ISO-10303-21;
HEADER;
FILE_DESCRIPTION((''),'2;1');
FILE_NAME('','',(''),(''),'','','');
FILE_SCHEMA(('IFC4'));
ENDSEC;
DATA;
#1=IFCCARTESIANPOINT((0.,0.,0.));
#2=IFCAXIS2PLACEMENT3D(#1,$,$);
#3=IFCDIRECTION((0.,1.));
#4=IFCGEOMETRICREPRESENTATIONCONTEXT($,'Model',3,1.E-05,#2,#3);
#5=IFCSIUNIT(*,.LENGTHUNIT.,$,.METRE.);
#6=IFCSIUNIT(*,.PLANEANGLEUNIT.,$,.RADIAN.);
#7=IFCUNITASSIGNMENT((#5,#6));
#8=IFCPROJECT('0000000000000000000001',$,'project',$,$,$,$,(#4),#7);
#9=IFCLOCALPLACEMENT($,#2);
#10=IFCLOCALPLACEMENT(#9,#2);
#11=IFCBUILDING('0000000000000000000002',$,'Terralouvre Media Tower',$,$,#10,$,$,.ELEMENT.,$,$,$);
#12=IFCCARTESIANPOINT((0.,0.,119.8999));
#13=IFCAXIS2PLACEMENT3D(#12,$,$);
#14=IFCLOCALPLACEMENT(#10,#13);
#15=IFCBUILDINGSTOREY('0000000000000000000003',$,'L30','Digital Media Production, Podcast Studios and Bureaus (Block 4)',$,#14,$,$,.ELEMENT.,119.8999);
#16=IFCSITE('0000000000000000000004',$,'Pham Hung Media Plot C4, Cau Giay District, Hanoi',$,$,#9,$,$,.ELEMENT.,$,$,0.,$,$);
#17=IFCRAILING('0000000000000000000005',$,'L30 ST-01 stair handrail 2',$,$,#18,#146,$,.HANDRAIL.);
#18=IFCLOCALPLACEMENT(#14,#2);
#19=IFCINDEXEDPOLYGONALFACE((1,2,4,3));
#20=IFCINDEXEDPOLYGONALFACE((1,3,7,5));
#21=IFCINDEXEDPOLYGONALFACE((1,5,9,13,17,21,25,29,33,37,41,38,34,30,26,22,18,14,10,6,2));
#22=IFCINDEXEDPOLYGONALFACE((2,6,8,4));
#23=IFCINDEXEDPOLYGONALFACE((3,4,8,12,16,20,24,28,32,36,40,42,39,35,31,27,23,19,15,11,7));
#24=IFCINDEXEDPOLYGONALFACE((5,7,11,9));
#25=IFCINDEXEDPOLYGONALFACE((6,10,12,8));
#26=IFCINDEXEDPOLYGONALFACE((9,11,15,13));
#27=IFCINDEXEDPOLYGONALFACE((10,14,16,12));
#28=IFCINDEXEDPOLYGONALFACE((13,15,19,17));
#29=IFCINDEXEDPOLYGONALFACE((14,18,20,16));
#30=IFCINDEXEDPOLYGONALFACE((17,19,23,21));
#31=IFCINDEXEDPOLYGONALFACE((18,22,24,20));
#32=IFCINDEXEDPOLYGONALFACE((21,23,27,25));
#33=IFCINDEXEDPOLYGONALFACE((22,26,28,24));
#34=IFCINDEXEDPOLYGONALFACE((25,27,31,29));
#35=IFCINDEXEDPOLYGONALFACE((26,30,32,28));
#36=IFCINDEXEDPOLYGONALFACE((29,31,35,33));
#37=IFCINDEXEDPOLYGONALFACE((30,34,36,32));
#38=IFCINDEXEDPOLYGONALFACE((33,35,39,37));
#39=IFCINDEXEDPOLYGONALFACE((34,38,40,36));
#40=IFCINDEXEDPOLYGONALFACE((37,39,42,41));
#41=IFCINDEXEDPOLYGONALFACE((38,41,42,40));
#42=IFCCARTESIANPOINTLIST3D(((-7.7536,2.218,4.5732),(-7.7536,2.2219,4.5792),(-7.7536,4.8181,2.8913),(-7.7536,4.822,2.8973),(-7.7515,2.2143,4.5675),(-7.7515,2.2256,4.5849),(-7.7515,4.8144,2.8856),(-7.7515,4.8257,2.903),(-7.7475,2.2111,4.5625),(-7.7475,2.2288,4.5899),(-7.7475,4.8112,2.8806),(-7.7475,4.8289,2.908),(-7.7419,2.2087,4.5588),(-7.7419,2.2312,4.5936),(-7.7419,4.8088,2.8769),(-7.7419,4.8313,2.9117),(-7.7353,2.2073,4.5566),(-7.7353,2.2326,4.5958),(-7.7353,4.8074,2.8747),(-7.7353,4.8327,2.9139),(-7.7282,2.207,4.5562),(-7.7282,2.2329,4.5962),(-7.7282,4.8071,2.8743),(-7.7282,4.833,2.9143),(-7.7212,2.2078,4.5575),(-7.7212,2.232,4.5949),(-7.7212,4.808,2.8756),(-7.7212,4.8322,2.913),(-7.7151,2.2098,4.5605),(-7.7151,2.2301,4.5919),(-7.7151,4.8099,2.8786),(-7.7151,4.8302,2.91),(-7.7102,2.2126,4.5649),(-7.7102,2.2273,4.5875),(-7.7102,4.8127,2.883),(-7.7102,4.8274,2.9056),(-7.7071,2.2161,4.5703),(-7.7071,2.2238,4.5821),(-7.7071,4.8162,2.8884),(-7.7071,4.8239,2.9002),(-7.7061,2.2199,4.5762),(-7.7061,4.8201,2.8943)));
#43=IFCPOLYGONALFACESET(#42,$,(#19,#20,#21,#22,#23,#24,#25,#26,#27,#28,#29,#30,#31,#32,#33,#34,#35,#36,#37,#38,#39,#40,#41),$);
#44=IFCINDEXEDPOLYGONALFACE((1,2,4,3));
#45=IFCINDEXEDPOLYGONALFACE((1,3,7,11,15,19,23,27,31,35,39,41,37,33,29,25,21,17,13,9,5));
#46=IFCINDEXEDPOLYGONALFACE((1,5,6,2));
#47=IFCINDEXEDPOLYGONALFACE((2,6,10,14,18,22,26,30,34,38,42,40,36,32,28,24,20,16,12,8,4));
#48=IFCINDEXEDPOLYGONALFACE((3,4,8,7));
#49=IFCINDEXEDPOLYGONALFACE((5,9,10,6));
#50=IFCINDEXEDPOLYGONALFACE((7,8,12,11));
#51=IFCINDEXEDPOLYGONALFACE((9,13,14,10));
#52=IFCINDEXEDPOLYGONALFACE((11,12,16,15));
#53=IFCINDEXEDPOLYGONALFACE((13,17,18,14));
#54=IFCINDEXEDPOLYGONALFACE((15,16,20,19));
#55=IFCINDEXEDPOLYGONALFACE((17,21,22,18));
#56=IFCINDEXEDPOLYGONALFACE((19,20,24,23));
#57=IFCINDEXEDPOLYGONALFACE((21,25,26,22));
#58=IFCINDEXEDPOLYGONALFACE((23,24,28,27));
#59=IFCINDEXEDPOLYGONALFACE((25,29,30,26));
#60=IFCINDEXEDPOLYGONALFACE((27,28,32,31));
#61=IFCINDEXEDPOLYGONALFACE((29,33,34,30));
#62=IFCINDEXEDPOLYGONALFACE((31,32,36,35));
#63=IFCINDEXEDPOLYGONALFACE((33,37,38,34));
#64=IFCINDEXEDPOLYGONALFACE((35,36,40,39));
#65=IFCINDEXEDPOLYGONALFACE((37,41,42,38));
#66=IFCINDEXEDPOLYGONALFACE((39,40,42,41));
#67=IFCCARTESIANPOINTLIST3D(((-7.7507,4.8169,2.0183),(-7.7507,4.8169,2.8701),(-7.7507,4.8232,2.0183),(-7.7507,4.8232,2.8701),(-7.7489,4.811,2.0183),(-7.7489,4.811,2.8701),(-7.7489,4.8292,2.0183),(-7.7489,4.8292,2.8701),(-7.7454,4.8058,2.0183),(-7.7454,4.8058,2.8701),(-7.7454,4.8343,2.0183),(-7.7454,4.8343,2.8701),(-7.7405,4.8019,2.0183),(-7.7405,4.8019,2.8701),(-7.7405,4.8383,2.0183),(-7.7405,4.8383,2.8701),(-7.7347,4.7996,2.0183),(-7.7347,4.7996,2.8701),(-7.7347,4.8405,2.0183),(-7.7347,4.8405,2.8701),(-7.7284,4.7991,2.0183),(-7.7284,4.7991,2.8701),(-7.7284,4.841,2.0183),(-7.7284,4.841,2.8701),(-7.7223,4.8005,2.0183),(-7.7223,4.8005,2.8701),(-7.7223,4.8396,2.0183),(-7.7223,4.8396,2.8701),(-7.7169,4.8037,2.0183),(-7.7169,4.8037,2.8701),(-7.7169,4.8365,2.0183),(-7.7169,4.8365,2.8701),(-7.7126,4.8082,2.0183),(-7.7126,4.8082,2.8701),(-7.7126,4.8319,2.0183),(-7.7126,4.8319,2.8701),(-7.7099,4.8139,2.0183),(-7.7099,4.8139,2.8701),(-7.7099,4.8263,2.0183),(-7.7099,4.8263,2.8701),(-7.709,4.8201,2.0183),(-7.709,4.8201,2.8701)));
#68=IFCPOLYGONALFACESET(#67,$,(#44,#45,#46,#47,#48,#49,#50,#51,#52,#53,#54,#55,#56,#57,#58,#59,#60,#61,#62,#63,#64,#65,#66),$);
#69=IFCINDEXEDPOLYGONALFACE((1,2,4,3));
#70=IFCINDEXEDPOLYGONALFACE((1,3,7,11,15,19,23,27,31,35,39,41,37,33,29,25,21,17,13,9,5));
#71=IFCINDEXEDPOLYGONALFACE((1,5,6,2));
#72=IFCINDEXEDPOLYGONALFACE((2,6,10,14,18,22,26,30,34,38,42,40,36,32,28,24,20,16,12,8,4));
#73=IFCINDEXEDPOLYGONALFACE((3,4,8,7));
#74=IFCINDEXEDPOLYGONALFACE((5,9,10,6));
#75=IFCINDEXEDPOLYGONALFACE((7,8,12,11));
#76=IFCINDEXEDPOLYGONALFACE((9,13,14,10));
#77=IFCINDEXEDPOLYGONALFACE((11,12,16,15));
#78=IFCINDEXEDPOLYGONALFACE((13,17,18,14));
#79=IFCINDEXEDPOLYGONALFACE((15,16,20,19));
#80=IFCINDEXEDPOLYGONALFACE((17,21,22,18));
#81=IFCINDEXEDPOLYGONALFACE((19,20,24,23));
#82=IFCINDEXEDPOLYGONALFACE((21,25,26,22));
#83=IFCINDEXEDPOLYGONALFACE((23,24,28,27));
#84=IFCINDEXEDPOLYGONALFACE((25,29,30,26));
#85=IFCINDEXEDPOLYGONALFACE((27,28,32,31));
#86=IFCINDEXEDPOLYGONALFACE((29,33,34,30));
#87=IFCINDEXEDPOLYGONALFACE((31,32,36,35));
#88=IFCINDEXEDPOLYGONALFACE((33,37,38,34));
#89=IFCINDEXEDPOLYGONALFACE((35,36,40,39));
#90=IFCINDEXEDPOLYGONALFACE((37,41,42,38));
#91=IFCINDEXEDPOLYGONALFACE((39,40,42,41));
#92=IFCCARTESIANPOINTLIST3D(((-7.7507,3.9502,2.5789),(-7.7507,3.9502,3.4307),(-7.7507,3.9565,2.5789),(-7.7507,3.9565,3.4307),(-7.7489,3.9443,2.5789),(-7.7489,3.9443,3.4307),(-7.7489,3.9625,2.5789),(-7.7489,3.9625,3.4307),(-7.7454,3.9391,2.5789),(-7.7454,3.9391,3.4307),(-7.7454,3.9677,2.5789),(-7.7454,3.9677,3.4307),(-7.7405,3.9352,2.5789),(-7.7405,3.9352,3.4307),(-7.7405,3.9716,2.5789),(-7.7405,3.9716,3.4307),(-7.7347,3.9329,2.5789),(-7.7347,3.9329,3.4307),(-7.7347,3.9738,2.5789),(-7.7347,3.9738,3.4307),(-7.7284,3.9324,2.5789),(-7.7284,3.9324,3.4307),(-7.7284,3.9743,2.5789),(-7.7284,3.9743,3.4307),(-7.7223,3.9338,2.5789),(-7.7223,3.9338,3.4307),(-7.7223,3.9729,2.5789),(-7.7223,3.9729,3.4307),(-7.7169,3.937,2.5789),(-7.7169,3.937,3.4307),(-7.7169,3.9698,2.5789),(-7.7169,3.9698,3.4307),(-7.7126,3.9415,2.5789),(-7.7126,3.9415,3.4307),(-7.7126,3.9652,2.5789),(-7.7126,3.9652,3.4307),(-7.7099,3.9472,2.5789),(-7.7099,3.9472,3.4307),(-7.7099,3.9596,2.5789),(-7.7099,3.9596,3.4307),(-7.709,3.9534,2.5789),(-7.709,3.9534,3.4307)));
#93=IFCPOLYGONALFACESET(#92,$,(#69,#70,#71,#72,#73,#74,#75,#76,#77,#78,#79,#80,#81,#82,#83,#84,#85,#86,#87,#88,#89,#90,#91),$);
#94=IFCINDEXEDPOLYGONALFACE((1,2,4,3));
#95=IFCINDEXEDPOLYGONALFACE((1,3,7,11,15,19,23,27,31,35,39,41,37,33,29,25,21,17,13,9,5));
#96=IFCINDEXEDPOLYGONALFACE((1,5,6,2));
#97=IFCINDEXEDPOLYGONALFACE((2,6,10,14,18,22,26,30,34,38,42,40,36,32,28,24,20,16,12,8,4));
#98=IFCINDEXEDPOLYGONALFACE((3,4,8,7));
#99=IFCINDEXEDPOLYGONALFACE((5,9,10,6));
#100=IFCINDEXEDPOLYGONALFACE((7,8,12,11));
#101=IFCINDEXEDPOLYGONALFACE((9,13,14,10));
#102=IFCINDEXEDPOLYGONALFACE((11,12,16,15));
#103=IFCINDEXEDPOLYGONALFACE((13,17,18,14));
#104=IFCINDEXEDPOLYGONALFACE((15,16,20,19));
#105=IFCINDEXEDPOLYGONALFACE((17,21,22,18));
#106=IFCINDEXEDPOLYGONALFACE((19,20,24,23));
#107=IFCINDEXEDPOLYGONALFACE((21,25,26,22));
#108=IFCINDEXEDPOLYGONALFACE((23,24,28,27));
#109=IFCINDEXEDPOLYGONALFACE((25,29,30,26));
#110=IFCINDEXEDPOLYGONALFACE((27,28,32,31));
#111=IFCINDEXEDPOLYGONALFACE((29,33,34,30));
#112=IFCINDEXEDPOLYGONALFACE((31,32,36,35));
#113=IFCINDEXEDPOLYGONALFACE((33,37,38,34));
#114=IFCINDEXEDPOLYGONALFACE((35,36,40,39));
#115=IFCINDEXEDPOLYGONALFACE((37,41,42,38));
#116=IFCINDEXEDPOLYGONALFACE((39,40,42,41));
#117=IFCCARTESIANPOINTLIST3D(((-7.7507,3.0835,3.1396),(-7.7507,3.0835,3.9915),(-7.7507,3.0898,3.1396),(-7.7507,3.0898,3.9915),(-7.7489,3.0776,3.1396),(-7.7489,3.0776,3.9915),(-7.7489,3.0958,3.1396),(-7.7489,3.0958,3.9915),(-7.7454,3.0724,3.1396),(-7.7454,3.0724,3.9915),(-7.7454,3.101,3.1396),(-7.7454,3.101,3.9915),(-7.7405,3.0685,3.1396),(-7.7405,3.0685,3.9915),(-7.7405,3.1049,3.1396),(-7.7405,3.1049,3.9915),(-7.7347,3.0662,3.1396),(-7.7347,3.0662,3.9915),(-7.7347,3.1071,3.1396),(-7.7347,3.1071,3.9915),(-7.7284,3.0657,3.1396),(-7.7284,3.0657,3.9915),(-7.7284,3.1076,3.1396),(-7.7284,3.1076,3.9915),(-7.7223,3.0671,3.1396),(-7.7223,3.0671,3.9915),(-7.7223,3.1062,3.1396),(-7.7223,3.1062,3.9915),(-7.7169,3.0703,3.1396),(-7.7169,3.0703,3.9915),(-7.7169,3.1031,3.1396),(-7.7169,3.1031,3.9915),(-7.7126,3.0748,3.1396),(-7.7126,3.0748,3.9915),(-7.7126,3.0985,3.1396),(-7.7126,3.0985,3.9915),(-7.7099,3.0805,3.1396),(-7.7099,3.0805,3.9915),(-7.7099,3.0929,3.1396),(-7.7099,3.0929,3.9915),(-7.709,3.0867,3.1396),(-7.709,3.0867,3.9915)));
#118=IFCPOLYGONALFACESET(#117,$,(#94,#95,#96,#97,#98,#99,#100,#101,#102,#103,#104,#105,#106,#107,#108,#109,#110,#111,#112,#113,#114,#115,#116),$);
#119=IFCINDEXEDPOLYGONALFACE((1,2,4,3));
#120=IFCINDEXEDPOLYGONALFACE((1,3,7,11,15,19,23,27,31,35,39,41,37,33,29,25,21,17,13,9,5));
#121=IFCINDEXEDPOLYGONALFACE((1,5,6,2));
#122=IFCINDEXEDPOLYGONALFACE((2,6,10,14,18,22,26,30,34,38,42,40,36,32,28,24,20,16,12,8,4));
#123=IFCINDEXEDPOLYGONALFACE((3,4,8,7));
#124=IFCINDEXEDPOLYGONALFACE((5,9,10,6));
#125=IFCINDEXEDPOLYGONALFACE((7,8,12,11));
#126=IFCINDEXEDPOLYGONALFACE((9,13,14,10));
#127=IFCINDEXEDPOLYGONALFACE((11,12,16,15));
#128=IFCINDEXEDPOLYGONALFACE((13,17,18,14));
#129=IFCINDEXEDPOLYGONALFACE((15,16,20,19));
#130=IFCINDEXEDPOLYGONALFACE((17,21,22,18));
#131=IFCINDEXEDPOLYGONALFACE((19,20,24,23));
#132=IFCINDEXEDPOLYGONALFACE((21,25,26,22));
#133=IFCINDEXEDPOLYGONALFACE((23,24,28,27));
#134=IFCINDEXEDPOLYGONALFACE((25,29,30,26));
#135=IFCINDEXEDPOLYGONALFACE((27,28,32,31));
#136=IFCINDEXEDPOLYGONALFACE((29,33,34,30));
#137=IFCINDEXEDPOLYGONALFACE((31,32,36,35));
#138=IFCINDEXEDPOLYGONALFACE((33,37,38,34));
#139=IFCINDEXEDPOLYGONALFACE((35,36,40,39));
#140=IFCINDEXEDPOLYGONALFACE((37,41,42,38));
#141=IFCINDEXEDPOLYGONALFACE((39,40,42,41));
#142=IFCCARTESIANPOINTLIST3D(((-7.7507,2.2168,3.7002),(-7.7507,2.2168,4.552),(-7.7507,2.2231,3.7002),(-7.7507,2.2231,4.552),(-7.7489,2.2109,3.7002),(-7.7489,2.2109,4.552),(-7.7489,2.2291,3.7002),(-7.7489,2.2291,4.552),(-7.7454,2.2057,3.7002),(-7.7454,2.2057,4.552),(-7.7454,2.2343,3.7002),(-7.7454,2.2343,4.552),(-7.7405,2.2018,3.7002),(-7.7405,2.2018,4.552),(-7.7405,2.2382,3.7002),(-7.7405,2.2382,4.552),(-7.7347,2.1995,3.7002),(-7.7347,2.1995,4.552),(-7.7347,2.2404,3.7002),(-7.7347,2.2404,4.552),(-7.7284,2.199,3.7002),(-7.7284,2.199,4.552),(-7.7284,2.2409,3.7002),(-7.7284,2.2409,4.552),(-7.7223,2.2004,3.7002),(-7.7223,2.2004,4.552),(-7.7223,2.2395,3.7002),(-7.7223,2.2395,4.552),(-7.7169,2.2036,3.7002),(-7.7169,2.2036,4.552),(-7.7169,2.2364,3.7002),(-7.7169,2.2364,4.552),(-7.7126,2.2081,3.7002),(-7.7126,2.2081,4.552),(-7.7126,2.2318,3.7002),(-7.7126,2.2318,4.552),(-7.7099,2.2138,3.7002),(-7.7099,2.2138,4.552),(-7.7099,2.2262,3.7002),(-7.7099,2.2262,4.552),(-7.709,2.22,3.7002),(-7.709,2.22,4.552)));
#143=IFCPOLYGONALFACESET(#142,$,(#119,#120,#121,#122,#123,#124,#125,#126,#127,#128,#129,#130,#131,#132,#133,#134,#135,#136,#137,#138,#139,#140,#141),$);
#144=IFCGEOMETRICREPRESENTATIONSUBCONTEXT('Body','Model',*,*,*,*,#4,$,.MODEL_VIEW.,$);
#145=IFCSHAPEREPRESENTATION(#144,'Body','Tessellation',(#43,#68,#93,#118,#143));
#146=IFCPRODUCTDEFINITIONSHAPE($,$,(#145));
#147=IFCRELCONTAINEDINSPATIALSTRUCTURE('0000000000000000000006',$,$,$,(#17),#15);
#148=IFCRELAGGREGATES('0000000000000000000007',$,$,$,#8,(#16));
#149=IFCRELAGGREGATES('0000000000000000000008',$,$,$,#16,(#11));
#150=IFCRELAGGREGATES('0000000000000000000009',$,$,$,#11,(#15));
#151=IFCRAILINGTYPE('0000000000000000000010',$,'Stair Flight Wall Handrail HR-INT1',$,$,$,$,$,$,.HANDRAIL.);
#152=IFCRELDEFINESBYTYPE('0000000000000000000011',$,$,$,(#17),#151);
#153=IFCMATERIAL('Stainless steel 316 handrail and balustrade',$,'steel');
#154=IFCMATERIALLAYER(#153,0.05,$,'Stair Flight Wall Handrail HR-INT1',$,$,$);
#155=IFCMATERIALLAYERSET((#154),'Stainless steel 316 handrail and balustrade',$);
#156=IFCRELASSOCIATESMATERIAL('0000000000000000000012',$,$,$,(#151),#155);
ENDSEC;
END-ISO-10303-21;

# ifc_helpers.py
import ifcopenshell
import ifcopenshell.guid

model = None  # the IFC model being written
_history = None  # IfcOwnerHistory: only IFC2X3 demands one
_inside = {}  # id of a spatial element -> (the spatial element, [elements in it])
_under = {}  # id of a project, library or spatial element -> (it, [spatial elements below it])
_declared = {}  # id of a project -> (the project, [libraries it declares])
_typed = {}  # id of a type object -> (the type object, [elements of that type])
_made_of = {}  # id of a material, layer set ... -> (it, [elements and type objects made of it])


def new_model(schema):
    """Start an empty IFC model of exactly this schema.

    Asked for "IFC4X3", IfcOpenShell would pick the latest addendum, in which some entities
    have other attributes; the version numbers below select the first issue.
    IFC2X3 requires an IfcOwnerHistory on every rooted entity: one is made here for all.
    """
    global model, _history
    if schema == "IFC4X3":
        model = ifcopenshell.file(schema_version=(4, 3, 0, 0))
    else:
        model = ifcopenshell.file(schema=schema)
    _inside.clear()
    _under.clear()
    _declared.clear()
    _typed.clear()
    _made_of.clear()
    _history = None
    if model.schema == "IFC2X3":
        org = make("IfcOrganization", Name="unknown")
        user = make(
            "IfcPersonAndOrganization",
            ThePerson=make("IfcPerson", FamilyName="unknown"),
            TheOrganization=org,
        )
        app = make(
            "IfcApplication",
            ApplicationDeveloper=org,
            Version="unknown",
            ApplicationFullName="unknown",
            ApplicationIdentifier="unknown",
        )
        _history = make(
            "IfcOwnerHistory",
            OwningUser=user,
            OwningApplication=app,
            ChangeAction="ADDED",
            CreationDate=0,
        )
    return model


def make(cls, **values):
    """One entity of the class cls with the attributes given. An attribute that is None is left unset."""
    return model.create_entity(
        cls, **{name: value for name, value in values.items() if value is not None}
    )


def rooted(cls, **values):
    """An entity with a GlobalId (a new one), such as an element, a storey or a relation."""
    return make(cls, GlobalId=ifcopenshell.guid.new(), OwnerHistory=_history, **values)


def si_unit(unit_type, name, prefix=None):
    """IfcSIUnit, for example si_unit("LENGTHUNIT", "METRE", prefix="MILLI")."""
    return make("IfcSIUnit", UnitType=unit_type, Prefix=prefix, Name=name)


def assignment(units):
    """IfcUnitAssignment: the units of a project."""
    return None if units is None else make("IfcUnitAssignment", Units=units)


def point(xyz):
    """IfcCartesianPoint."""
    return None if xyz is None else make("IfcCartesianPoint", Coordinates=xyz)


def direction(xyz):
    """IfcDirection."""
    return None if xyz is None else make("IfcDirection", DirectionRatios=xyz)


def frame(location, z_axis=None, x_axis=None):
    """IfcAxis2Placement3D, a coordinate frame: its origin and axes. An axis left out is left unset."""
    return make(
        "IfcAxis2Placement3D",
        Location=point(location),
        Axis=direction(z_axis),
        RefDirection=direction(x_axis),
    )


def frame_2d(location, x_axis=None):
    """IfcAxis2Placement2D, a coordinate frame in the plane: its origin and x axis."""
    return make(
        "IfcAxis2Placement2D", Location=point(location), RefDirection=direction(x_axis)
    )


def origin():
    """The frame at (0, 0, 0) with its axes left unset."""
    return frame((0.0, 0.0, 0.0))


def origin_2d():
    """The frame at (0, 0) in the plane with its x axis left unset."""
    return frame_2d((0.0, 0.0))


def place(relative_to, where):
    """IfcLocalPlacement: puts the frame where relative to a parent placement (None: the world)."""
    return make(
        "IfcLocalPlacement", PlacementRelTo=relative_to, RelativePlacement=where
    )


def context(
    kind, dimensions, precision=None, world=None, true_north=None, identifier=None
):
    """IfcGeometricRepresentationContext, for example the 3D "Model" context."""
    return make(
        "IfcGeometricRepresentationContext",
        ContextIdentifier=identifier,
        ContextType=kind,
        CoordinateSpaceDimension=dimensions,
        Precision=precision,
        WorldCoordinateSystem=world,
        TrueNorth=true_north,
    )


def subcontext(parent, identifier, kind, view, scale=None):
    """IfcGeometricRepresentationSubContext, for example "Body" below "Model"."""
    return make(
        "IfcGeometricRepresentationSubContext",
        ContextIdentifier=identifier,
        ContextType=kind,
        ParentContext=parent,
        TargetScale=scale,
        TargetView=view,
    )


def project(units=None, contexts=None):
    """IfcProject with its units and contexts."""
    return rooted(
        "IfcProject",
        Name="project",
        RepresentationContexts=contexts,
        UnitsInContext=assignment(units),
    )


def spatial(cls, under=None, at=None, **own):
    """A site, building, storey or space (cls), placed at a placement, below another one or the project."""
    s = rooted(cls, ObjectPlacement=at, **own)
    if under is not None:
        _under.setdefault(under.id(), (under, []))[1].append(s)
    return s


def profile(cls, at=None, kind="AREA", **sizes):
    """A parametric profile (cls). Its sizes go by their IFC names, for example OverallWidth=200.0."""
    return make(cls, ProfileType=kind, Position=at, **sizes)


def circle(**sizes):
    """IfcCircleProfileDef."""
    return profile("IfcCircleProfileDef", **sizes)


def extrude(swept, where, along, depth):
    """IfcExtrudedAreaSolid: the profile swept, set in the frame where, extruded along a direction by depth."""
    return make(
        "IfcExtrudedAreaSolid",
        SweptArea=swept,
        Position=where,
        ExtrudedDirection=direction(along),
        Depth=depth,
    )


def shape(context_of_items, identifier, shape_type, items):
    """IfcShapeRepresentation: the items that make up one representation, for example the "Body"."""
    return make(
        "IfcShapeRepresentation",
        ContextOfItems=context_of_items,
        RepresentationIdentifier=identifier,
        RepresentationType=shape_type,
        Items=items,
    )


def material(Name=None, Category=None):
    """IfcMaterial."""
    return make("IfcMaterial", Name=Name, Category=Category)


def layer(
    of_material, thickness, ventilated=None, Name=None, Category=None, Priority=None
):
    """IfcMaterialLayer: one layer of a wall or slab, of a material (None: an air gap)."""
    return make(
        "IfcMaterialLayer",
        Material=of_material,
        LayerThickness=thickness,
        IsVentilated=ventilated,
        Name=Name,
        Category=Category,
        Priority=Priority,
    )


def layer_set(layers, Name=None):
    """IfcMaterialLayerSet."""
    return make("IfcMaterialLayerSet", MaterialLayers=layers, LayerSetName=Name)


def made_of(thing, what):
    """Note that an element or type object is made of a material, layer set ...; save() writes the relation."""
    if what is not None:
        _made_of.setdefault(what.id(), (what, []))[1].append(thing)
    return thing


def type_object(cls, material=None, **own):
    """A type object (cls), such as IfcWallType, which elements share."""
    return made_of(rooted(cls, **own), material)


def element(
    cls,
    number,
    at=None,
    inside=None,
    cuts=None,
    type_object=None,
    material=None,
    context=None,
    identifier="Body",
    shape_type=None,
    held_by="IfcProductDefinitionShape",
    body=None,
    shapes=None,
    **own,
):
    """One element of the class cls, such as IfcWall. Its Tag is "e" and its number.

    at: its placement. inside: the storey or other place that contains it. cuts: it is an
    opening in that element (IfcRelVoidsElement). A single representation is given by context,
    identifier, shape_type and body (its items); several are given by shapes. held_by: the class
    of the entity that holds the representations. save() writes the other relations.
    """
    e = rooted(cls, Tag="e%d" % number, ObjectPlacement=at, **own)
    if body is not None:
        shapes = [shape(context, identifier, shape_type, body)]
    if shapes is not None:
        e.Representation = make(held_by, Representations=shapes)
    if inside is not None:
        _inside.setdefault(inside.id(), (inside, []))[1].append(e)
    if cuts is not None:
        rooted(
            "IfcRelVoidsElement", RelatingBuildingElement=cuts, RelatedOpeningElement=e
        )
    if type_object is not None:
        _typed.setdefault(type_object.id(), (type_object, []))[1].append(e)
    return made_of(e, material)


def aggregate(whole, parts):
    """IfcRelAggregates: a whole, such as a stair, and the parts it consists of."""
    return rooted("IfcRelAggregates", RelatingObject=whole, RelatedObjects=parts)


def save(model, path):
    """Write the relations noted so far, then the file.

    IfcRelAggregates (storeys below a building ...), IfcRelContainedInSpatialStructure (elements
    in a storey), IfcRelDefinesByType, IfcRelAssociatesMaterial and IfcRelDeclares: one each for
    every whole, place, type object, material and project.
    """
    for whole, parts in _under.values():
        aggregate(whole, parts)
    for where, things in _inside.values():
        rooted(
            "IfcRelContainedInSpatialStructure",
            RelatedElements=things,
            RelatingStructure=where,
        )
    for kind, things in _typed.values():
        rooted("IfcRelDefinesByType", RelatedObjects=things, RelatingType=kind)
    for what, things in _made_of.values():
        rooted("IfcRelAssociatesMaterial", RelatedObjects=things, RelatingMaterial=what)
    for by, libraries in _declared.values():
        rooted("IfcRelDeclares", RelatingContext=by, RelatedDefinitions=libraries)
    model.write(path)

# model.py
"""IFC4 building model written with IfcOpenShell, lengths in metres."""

from ifc_helpers import new_model, si_unit, direction, frame, origin, origin_2d, place, context, subcontext, project, spatial, circle, extrude, material, layer, layer_set, type_object, element, save


model = new_model("IFC4")

# Units and contexts
model_context = context("Model", 3, precision=1e-05, world=origin(), true_north=direction((0.0, 1.0)))
body_context = subcontext(model_context, "Body", "Model", "MODEL_VIEW")
ifc_project = project(units=[si_unit("LENGTHUNIT", "METRE"), si_unit("PLANEANGLEUNIT", "RADIAN")], contexts=[model_context])

# Site, building, storey
site_placement = place(None, origin())
site = spatial("IfcSite", under=ifc_project, at=site_placement, Name="Pham Hung Media Plot C4, Cau Giay District, Hanoi", CompositionType="ELEMENT", RefElevation=0.0)
building_placement = place(site_placement, origin())
building = spatial("IfcBuilding", under=site, at=building_placement, Name="Terralouvre Media Tower", CompositionType="ELEMENT")
storey_placement = place(building_placement, frame((0.0, 0.0, 119.8999)))
storey = spatial("IfcBuildingStorey", under=building, at=storey_placement, Name="L30", Description="Digital Media Production, Podcast Studios and Bureaus (Block 4)", CompositionType="ELEMENT", Elevation=119.8999)

# Railing
ifc_material_1 = material(Name="Stainless steel 316 handrail and balustrade", Category="steel")
ifc_layer_1 = layer(ifc_material_1, 0.05, Name="Stair Flight Wall Handrail HR-INT1")
ifc_layer_set_1 = layer_set([ifc_layer_1], Name="Stainless steel 316 handrail and balustrade")
railing_type_1 = type_object("IfcRailingType", Name="Stair Flight Wall Handrail HR-INT1", PredefinedType="HANDRAIL", material=ifc_layer_set_1)
railing_1_placement = place(storey_placement, frame((-7.73, 4.8201, 2.0183)))
element("IfcRailing", 1, at=railing_1_placement, inside=storey, type_object=railing_type_1, Name="L30 ST-01 stair handrail 2", PredefinedType="HANDRAIL", context=body_context, shape_type="SweptSolid", body=[
    extrude(circle(Radius=0.0239, at=origin_2d()), frame((0.0, 0.0, 0.876), z_axis=(0.0, -0.839648, 0.54313), x_axis=(1.0, 0.0, 0.0)), (0.0, 0.0, 1.0), 3.0967),
    extrude(circle(Radius=0.021, at=origin_2d()), origin(), (0.0, 0.0, 1.0), 0.8518),
    extrude(circle(Radius=0.021, at=origin_2d()), frame((0.0, -0.8667, 0.5605)), (0.0, 0.0, 1.0), 0.8518),
    extrude(circle(Radius=0.021, at=origin_2d()), frame((0.0, -1.7334, 1.1213)), (0.0, 0.0, 1.0), 0.8518),
    extrude(circle(Radius=0.021, at=origin_2d()), frame((0.0, -2.6001, 1.6819)), (0.0, 0.0, 1.0), 0.8518),
])

save(model, "model.ifc")
